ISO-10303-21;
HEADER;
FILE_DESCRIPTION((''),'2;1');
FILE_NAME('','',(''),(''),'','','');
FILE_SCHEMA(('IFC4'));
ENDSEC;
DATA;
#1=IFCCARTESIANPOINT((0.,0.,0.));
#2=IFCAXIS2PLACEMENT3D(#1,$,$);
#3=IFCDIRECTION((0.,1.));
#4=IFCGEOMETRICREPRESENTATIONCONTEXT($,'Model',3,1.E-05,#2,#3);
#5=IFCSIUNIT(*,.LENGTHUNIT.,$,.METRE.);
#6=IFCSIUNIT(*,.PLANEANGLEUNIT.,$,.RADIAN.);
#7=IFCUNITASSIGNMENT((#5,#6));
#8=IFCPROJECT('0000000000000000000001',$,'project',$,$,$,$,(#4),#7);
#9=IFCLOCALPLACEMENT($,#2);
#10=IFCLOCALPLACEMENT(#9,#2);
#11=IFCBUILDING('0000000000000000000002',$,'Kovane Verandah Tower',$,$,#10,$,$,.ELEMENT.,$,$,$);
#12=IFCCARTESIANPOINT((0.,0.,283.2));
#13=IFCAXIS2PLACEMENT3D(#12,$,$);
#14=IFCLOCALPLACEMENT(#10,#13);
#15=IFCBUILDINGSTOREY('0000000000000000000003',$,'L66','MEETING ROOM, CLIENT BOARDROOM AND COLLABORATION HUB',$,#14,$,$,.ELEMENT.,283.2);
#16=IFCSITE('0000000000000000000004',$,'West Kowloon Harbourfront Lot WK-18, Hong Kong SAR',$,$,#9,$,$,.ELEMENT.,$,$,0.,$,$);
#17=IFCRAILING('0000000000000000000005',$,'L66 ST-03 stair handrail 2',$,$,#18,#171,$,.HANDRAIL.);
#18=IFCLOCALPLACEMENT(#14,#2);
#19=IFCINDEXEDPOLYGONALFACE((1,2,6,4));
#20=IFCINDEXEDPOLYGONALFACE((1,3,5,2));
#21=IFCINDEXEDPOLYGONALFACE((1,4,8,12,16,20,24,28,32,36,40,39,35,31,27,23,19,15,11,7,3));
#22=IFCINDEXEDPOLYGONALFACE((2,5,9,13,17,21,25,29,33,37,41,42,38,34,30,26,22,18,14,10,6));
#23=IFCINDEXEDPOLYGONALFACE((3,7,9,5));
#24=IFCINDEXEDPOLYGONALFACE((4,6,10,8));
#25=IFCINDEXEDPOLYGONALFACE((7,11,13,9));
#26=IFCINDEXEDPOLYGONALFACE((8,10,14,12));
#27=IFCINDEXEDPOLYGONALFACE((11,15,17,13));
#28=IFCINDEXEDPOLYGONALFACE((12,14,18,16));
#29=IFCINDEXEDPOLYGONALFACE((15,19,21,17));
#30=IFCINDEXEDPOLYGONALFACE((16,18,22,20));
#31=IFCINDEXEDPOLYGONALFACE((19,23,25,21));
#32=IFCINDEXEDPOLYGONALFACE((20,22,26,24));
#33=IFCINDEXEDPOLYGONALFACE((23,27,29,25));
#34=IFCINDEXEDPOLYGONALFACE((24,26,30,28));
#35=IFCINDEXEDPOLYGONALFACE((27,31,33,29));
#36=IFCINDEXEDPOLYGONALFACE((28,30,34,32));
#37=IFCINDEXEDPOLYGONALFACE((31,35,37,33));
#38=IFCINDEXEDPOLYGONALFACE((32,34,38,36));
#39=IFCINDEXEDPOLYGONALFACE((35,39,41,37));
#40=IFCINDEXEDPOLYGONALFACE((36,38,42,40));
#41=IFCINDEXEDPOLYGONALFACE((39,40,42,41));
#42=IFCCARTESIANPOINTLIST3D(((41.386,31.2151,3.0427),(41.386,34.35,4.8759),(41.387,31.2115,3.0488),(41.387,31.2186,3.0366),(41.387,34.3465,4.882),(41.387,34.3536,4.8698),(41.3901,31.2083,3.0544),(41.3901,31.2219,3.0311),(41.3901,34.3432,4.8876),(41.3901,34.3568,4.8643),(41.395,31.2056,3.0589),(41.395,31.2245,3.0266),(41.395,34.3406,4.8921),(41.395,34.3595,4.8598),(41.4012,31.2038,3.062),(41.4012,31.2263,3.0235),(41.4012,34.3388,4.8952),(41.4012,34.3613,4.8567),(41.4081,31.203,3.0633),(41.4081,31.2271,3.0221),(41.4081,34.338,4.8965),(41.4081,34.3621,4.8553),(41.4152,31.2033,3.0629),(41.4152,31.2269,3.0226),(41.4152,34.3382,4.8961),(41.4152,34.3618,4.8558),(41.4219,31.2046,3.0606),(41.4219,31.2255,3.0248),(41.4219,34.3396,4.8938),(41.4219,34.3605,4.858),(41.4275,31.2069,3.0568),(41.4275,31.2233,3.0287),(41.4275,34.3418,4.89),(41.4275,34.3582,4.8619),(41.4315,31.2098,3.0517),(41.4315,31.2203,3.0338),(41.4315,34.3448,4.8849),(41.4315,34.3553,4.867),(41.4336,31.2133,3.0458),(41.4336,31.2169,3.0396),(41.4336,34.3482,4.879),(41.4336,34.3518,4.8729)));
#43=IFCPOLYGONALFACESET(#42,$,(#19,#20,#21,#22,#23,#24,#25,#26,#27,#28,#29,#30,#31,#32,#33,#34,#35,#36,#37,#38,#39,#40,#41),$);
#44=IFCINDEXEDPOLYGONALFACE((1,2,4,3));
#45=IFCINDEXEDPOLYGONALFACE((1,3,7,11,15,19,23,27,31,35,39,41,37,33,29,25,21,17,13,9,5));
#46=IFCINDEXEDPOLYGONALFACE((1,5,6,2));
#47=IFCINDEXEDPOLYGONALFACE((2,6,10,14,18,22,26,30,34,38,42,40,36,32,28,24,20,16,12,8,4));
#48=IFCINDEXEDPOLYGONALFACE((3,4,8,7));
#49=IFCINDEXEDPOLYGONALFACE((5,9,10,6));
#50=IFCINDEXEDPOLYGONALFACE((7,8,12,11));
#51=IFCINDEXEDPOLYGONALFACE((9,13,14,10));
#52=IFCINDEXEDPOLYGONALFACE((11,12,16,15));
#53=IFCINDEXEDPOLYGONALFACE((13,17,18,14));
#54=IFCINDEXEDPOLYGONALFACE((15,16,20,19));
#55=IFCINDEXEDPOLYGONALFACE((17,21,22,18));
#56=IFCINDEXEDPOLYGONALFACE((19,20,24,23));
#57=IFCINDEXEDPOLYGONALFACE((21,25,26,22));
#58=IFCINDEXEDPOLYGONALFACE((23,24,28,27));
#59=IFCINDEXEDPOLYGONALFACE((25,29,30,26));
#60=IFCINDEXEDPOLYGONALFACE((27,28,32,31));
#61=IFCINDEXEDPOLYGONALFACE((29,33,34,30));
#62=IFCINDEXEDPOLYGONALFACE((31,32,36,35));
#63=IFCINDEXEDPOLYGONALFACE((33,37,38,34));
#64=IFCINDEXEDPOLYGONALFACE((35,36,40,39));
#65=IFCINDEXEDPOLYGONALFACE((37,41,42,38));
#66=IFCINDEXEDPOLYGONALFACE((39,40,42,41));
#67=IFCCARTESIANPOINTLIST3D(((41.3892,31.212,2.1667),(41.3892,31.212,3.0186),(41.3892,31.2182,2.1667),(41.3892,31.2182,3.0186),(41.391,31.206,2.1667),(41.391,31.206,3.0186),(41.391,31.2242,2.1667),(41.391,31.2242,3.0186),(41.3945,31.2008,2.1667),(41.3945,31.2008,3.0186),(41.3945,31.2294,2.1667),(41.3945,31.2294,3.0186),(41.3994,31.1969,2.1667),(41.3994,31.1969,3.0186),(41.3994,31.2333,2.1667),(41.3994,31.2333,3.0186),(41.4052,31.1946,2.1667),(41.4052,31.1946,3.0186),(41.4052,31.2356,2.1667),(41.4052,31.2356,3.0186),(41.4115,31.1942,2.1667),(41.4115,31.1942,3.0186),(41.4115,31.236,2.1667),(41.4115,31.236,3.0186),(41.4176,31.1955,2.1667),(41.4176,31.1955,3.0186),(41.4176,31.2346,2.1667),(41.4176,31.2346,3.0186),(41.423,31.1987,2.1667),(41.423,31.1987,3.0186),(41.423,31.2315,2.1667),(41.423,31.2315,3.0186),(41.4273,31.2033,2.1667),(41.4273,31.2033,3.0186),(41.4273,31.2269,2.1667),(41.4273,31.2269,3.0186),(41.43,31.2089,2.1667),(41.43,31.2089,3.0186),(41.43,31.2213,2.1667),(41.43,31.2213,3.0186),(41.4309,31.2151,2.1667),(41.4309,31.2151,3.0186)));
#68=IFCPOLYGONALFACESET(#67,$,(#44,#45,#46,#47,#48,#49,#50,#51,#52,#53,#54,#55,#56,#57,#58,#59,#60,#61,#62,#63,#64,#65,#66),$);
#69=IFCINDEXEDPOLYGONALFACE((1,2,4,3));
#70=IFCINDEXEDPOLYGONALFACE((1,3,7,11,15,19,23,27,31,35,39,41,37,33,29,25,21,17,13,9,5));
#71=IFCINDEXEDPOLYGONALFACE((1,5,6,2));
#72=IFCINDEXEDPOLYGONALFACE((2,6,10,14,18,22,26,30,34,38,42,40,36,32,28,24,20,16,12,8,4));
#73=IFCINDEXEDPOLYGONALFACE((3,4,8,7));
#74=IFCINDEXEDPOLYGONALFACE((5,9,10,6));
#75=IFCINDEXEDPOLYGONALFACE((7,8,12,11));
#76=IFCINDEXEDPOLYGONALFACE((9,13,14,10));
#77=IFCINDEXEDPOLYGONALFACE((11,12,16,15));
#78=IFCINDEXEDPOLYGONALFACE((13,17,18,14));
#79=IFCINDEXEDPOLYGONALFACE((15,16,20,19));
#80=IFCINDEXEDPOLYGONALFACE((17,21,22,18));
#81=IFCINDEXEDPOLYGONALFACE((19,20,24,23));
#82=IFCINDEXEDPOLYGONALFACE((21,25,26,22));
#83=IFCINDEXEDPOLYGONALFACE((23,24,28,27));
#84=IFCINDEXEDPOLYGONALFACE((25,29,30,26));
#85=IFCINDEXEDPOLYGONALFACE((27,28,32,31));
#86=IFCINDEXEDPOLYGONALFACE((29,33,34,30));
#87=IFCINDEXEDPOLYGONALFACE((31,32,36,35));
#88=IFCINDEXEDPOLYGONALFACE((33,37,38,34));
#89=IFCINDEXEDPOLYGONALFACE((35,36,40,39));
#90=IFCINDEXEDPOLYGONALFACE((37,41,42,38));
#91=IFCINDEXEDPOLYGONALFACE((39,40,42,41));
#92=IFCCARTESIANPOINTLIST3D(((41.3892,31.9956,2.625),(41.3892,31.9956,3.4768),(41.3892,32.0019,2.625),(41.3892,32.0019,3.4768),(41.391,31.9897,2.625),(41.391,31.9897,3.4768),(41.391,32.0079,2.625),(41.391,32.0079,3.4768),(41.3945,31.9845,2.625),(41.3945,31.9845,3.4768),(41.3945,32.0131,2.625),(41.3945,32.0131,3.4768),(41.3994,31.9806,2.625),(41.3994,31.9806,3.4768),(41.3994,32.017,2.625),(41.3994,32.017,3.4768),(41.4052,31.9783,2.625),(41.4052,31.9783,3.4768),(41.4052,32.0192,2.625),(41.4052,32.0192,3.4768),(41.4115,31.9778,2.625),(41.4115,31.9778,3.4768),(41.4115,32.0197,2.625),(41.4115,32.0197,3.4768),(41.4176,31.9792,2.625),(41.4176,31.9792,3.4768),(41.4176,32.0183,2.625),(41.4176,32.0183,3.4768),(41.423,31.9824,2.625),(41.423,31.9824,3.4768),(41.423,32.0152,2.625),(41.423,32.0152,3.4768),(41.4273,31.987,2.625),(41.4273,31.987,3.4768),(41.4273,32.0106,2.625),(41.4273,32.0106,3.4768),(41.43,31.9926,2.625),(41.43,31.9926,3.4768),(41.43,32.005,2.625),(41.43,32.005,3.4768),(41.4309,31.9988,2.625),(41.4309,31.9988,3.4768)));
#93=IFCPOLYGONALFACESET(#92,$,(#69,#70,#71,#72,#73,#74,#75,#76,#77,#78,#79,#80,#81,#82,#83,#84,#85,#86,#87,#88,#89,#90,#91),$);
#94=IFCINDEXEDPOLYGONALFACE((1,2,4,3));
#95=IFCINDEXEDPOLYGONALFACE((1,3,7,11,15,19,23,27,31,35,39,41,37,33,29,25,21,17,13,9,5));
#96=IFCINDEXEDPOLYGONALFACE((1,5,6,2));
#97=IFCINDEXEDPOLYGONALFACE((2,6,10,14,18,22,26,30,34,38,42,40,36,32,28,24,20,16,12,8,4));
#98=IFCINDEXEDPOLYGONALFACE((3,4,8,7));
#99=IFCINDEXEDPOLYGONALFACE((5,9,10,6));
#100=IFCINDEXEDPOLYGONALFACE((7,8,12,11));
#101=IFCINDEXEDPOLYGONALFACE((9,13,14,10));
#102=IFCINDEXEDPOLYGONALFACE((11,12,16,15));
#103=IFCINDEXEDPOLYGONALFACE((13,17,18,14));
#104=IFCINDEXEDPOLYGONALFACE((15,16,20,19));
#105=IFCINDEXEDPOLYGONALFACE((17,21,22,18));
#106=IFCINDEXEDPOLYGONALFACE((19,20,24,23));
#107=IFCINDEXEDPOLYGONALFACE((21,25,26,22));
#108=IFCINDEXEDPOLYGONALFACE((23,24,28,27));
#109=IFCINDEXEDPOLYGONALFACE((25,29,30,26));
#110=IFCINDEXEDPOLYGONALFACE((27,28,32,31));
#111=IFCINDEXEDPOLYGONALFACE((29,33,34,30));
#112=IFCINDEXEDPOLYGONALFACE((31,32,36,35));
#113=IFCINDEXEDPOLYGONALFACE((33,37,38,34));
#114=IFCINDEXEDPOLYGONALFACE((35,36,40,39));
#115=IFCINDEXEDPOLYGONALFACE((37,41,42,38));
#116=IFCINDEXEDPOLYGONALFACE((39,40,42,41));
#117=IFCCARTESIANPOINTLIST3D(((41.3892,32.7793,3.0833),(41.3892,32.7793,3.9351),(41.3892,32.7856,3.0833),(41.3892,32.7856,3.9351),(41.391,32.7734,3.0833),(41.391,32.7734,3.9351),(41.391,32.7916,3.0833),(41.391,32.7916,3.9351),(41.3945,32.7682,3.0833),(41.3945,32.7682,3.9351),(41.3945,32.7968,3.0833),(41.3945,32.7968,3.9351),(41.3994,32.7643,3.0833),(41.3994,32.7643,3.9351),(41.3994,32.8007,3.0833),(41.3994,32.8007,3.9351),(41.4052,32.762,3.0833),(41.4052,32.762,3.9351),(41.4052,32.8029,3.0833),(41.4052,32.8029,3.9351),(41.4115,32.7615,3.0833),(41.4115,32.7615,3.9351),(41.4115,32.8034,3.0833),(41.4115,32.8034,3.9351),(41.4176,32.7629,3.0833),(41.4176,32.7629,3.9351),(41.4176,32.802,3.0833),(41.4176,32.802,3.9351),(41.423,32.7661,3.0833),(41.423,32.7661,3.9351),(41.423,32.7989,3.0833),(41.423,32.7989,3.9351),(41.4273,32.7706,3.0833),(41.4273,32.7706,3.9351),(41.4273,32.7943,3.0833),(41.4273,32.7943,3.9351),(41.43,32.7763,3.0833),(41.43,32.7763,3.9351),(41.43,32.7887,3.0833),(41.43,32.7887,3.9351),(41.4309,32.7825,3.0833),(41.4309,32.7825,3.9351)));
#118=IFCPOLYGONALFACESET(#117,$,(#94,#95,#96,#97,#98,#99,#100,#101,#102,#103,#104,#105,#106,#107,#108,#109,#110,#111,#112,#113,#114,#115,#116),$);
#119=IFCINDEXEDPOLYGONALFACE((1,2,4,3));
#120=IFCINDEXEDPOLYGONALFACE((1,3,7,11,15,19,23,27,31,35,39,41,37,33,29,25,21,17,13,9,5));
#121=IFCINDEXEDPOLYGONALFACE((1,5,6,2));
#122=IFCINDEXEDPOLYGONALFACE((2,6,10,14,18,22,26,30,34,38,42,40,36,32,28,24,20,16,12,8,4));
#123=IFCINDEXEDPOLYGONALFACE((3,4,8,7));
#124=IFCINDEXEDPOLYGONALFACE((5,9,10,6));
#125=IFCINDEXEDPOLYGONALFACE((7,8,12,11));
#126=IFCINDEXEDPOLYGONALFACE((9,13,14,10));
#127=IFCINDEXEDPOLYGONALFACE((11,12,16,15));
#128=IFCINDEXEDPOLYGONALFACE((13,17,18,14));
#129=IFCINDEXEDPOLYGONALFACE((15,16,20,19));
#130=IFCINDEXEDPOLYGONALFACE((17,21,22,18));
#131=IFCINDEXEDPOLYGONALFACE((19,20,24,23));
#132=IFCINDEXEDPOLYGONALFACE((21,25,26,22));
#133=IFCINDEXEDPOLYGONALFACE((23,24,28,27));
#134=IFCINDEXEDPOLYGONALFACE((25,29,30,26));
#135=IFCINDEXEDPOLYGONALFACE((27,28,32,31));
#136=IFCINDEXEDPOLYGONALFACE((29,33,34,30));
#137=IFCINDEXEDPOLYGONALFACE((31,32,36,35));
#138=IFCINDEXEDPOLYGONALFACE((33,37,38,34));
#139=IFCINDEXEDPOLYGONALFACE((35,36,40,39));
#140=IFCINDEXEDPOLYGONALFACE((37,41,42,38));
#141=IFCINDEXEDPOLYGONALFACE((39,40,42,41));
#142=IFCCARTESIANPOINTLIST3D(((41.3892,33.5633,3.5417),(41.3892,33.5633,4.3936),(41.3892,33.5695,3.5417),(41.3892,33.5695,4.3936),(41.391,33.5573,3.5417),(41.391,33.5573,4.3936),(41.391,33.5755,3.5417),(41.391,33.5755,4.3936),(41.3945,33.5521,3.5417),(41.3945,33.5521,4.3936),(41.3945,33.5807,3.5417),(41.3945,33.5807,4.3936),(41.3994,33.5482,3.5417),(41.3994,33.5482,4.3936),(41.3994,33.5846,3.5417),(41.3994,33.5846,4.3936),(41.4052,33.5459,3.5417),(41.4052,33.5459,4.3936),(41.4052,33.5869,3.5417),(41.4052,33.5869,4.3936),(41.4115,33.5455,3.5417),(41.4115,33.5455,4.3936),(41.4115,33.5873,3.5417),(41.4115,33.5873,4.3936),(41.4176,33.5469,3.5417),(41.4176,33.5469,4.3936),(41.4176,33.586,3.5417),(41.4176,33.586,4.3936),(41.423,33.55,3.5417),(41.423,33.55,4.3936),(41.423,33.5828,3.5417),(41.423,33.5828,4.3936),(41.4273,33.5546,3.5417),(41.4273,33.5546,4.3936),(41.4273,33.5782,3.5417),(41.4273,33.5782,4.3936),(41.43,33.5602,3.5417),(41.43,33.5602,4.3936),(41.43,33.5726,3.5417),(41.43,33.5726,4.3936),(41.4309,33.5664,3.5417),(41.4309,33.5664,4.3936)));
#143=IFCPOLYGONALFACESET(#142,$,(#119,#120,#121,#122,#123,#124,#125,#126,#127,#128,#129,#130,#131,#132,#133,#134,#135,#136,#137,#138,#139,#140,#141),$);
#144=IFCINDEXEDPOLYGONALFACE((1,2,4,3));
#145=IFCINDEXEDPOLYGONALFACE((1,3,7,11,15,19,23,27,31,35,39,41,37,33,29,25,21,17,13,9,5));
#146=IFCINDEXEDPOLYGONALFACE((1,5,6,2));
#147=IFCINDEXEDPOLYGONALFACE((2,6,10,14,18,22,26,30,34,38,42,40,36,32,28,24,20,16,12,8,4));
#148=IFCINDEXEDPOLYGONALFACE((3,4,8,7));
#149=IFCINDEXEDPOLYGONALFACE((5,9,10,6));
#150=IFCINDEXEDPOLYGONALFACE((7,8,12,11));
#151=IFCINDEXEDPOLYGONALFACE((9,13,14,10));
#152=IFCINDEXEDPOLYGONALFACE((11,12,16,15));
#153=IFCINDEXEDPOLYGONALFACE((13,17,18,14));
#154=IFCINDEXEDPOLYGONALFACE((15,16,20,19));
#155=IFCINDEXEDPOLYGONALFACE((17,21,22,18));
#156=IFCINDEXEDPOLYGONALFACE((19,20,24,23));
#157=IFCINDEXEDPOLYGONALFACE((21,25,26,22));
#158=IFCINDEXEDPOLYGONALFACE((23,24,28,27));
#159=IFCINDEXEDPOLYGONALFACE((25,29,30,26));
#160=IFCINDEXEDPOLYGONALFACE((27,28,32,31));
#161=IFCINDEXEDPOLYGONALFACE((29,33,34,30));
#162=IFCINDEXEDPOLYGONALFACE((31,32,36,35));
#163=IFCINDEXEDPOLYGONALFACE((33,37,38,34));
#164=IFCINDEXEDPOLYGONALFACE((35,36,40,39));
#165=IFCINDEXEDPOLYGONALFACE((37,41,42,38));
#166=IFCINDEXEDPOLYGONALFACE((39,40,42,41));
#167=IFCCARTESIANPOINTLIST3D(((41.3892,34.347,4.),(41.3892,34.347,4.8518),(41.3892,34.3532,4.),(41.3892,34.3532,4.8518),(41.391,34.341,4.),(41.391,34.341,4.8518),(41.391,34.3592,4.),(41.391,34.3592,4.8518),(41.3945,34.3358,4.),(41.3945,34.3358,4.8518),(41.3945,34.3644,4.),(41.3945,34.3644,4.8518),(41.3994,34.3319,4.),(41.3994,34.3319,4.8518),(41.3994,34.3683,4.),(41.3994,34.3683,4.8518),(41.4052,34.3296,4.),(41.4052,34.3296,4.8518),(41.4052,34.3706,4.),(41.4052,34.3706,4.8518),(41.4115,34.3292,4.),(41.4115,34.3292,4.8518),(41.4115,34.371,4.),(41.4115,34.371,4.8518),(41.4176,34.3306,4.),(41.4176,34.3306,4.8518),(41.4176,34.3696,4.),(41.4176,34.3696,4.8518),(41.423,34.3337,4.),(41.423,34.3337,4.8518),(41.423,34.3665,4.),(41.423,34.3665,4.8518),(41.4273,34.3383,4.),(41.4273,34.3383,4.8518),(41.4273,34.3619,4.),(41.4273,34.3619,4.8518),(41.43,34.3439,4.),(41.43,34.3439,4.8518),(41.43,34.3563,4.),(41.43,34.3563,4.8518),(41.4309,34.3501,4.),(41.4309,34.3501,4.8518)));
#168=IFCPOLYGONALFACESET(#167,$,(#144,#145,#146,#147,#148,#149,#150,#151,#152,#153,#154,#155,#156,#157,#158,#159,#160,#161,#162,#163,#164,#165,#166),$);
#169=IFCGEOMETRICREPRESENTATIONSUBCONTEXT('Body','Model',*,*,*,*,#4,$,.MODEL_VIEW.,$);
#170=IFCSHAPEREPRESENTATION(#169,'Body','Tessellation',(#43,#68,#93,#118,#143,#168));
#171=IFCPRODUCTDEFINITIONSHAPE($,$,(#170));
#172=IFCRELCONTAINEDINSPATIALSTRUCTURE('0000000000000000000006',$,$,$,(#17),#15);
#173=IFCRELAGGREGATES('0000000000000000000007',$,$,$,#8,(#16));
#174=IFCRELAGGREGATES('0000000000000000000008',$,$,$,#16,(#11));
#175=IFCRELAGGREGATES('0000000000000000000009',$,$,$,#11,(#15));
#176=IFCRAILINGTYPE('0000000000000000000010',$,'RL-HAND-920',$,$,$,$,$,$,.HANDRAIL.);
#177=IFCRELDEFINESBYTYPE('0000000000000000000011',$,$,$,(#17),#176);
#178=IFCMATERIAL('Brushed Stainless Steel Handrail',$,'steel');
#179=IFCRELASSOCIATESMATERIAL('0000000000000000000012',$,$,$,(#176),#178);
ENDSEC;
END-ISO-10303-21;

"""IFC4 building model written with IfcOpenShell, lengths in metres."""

from ifc_helpers import new_model, si_unit, direction, frame, origin, origin_2d, place, context, subcontext, project, spatial, circle, extrude, material, type_object, element, save


model = new_model("IFC4")

# Units and contexts
model_context = context("Model", 3, precision=1e-05, world=origin(), true_north=direction((0.0, 1.0)))
body_context = subcontext(model_context, "Body", "Model", "MODEL_VIEW")
ifc_project = project(units=[si_unit("LENGTHUNIT", "METRE"), si_unit("PLANEANGLEUNIT", "RADIAN")], contexts=[model_context])

# Site, building, storey
site_placement = place(None, origin())
site = spatial("IfcSite", under=ifc_project, at=site_placement, Name="West Kowloon Harbourfront Lot WK-18, Hong Kong SAR", CompositionType="ELEMENT", RefElevation=0.0)
building_placement = place(site_placement, origin())
building = spatial("IfcBuilding", under=site, at=building_placement, Name="Kovane Verandah Tower", CompositionType="ELEMENT")
storey_placement = place(building_placement, frame((0.0, 0.0, 283.2)))
storey = spatial("IfcBuildingStorey", under=building, at=storey_placement, Name="L66", Description="MEETING ROOM, CLIENT BOARDROOM AND COLLABORATION HUB", CompositionType="ELEMENT", Elevation=283.2)

# Railing
ifc_material_1 = material(Name="Brushed Stainless Steel Handrail", Category="steel")
railing_type_1 = type_object("IfcRailingType", Name="RL-HAND-920", PredefinedType="HANDRAIL", material=ifc_material_1)
railing_1_placement = place(storey_placement, frame((41.4099, 31.2151, 2.1667)))
element("IfcRailing", 1, at=railing_1_placement, inside=storey, type_object=railing_type_1, Name="L66 ST-03 stair handrail 2", PredefinedType="HANDRAIL", context=body_context, shape_type="SweptSolid", body=[
    extrude(circle(Radius=0.0239, at=origin_2d()), frame((0.0, 0.0, 0.876), z_axis=(0.0, 0.86324, 0.504794), x_axis=(-1.0, 0.0, 0.0)), (0.0, 0.0, 1.0), 3.6316),
    extrude(circle(Radius=0.021, at=origin_2d()), origin(), (0.0, 0.0, 1.0), 0.8518),
    extrude(circle(Radius=0.021, at=origin_2d()), frame((0.0, 0.7837, 0.4583)), (0.0, 0.0, 1.0), 0.8518),
    extrude(circle(Radius=0.021, at=origin_2d()), frame((0.0, 1.5674, 0.9165)), (0.0, 0.0, 1.0), 0.8518),
    extrude(circle(Radius=0.021, at=origin_2d()), frame((0.0, 2.3513, 1.375)), (0.0, 0.0, 1.0), 0.8518),
    extrude(circle(Radius=0.021, at=origin_2d()), frame((0.0, 3.135, 1.8333)), (0.0, 0.0, 1.0), 0.8518),
])

save(model, "model.ifc")
